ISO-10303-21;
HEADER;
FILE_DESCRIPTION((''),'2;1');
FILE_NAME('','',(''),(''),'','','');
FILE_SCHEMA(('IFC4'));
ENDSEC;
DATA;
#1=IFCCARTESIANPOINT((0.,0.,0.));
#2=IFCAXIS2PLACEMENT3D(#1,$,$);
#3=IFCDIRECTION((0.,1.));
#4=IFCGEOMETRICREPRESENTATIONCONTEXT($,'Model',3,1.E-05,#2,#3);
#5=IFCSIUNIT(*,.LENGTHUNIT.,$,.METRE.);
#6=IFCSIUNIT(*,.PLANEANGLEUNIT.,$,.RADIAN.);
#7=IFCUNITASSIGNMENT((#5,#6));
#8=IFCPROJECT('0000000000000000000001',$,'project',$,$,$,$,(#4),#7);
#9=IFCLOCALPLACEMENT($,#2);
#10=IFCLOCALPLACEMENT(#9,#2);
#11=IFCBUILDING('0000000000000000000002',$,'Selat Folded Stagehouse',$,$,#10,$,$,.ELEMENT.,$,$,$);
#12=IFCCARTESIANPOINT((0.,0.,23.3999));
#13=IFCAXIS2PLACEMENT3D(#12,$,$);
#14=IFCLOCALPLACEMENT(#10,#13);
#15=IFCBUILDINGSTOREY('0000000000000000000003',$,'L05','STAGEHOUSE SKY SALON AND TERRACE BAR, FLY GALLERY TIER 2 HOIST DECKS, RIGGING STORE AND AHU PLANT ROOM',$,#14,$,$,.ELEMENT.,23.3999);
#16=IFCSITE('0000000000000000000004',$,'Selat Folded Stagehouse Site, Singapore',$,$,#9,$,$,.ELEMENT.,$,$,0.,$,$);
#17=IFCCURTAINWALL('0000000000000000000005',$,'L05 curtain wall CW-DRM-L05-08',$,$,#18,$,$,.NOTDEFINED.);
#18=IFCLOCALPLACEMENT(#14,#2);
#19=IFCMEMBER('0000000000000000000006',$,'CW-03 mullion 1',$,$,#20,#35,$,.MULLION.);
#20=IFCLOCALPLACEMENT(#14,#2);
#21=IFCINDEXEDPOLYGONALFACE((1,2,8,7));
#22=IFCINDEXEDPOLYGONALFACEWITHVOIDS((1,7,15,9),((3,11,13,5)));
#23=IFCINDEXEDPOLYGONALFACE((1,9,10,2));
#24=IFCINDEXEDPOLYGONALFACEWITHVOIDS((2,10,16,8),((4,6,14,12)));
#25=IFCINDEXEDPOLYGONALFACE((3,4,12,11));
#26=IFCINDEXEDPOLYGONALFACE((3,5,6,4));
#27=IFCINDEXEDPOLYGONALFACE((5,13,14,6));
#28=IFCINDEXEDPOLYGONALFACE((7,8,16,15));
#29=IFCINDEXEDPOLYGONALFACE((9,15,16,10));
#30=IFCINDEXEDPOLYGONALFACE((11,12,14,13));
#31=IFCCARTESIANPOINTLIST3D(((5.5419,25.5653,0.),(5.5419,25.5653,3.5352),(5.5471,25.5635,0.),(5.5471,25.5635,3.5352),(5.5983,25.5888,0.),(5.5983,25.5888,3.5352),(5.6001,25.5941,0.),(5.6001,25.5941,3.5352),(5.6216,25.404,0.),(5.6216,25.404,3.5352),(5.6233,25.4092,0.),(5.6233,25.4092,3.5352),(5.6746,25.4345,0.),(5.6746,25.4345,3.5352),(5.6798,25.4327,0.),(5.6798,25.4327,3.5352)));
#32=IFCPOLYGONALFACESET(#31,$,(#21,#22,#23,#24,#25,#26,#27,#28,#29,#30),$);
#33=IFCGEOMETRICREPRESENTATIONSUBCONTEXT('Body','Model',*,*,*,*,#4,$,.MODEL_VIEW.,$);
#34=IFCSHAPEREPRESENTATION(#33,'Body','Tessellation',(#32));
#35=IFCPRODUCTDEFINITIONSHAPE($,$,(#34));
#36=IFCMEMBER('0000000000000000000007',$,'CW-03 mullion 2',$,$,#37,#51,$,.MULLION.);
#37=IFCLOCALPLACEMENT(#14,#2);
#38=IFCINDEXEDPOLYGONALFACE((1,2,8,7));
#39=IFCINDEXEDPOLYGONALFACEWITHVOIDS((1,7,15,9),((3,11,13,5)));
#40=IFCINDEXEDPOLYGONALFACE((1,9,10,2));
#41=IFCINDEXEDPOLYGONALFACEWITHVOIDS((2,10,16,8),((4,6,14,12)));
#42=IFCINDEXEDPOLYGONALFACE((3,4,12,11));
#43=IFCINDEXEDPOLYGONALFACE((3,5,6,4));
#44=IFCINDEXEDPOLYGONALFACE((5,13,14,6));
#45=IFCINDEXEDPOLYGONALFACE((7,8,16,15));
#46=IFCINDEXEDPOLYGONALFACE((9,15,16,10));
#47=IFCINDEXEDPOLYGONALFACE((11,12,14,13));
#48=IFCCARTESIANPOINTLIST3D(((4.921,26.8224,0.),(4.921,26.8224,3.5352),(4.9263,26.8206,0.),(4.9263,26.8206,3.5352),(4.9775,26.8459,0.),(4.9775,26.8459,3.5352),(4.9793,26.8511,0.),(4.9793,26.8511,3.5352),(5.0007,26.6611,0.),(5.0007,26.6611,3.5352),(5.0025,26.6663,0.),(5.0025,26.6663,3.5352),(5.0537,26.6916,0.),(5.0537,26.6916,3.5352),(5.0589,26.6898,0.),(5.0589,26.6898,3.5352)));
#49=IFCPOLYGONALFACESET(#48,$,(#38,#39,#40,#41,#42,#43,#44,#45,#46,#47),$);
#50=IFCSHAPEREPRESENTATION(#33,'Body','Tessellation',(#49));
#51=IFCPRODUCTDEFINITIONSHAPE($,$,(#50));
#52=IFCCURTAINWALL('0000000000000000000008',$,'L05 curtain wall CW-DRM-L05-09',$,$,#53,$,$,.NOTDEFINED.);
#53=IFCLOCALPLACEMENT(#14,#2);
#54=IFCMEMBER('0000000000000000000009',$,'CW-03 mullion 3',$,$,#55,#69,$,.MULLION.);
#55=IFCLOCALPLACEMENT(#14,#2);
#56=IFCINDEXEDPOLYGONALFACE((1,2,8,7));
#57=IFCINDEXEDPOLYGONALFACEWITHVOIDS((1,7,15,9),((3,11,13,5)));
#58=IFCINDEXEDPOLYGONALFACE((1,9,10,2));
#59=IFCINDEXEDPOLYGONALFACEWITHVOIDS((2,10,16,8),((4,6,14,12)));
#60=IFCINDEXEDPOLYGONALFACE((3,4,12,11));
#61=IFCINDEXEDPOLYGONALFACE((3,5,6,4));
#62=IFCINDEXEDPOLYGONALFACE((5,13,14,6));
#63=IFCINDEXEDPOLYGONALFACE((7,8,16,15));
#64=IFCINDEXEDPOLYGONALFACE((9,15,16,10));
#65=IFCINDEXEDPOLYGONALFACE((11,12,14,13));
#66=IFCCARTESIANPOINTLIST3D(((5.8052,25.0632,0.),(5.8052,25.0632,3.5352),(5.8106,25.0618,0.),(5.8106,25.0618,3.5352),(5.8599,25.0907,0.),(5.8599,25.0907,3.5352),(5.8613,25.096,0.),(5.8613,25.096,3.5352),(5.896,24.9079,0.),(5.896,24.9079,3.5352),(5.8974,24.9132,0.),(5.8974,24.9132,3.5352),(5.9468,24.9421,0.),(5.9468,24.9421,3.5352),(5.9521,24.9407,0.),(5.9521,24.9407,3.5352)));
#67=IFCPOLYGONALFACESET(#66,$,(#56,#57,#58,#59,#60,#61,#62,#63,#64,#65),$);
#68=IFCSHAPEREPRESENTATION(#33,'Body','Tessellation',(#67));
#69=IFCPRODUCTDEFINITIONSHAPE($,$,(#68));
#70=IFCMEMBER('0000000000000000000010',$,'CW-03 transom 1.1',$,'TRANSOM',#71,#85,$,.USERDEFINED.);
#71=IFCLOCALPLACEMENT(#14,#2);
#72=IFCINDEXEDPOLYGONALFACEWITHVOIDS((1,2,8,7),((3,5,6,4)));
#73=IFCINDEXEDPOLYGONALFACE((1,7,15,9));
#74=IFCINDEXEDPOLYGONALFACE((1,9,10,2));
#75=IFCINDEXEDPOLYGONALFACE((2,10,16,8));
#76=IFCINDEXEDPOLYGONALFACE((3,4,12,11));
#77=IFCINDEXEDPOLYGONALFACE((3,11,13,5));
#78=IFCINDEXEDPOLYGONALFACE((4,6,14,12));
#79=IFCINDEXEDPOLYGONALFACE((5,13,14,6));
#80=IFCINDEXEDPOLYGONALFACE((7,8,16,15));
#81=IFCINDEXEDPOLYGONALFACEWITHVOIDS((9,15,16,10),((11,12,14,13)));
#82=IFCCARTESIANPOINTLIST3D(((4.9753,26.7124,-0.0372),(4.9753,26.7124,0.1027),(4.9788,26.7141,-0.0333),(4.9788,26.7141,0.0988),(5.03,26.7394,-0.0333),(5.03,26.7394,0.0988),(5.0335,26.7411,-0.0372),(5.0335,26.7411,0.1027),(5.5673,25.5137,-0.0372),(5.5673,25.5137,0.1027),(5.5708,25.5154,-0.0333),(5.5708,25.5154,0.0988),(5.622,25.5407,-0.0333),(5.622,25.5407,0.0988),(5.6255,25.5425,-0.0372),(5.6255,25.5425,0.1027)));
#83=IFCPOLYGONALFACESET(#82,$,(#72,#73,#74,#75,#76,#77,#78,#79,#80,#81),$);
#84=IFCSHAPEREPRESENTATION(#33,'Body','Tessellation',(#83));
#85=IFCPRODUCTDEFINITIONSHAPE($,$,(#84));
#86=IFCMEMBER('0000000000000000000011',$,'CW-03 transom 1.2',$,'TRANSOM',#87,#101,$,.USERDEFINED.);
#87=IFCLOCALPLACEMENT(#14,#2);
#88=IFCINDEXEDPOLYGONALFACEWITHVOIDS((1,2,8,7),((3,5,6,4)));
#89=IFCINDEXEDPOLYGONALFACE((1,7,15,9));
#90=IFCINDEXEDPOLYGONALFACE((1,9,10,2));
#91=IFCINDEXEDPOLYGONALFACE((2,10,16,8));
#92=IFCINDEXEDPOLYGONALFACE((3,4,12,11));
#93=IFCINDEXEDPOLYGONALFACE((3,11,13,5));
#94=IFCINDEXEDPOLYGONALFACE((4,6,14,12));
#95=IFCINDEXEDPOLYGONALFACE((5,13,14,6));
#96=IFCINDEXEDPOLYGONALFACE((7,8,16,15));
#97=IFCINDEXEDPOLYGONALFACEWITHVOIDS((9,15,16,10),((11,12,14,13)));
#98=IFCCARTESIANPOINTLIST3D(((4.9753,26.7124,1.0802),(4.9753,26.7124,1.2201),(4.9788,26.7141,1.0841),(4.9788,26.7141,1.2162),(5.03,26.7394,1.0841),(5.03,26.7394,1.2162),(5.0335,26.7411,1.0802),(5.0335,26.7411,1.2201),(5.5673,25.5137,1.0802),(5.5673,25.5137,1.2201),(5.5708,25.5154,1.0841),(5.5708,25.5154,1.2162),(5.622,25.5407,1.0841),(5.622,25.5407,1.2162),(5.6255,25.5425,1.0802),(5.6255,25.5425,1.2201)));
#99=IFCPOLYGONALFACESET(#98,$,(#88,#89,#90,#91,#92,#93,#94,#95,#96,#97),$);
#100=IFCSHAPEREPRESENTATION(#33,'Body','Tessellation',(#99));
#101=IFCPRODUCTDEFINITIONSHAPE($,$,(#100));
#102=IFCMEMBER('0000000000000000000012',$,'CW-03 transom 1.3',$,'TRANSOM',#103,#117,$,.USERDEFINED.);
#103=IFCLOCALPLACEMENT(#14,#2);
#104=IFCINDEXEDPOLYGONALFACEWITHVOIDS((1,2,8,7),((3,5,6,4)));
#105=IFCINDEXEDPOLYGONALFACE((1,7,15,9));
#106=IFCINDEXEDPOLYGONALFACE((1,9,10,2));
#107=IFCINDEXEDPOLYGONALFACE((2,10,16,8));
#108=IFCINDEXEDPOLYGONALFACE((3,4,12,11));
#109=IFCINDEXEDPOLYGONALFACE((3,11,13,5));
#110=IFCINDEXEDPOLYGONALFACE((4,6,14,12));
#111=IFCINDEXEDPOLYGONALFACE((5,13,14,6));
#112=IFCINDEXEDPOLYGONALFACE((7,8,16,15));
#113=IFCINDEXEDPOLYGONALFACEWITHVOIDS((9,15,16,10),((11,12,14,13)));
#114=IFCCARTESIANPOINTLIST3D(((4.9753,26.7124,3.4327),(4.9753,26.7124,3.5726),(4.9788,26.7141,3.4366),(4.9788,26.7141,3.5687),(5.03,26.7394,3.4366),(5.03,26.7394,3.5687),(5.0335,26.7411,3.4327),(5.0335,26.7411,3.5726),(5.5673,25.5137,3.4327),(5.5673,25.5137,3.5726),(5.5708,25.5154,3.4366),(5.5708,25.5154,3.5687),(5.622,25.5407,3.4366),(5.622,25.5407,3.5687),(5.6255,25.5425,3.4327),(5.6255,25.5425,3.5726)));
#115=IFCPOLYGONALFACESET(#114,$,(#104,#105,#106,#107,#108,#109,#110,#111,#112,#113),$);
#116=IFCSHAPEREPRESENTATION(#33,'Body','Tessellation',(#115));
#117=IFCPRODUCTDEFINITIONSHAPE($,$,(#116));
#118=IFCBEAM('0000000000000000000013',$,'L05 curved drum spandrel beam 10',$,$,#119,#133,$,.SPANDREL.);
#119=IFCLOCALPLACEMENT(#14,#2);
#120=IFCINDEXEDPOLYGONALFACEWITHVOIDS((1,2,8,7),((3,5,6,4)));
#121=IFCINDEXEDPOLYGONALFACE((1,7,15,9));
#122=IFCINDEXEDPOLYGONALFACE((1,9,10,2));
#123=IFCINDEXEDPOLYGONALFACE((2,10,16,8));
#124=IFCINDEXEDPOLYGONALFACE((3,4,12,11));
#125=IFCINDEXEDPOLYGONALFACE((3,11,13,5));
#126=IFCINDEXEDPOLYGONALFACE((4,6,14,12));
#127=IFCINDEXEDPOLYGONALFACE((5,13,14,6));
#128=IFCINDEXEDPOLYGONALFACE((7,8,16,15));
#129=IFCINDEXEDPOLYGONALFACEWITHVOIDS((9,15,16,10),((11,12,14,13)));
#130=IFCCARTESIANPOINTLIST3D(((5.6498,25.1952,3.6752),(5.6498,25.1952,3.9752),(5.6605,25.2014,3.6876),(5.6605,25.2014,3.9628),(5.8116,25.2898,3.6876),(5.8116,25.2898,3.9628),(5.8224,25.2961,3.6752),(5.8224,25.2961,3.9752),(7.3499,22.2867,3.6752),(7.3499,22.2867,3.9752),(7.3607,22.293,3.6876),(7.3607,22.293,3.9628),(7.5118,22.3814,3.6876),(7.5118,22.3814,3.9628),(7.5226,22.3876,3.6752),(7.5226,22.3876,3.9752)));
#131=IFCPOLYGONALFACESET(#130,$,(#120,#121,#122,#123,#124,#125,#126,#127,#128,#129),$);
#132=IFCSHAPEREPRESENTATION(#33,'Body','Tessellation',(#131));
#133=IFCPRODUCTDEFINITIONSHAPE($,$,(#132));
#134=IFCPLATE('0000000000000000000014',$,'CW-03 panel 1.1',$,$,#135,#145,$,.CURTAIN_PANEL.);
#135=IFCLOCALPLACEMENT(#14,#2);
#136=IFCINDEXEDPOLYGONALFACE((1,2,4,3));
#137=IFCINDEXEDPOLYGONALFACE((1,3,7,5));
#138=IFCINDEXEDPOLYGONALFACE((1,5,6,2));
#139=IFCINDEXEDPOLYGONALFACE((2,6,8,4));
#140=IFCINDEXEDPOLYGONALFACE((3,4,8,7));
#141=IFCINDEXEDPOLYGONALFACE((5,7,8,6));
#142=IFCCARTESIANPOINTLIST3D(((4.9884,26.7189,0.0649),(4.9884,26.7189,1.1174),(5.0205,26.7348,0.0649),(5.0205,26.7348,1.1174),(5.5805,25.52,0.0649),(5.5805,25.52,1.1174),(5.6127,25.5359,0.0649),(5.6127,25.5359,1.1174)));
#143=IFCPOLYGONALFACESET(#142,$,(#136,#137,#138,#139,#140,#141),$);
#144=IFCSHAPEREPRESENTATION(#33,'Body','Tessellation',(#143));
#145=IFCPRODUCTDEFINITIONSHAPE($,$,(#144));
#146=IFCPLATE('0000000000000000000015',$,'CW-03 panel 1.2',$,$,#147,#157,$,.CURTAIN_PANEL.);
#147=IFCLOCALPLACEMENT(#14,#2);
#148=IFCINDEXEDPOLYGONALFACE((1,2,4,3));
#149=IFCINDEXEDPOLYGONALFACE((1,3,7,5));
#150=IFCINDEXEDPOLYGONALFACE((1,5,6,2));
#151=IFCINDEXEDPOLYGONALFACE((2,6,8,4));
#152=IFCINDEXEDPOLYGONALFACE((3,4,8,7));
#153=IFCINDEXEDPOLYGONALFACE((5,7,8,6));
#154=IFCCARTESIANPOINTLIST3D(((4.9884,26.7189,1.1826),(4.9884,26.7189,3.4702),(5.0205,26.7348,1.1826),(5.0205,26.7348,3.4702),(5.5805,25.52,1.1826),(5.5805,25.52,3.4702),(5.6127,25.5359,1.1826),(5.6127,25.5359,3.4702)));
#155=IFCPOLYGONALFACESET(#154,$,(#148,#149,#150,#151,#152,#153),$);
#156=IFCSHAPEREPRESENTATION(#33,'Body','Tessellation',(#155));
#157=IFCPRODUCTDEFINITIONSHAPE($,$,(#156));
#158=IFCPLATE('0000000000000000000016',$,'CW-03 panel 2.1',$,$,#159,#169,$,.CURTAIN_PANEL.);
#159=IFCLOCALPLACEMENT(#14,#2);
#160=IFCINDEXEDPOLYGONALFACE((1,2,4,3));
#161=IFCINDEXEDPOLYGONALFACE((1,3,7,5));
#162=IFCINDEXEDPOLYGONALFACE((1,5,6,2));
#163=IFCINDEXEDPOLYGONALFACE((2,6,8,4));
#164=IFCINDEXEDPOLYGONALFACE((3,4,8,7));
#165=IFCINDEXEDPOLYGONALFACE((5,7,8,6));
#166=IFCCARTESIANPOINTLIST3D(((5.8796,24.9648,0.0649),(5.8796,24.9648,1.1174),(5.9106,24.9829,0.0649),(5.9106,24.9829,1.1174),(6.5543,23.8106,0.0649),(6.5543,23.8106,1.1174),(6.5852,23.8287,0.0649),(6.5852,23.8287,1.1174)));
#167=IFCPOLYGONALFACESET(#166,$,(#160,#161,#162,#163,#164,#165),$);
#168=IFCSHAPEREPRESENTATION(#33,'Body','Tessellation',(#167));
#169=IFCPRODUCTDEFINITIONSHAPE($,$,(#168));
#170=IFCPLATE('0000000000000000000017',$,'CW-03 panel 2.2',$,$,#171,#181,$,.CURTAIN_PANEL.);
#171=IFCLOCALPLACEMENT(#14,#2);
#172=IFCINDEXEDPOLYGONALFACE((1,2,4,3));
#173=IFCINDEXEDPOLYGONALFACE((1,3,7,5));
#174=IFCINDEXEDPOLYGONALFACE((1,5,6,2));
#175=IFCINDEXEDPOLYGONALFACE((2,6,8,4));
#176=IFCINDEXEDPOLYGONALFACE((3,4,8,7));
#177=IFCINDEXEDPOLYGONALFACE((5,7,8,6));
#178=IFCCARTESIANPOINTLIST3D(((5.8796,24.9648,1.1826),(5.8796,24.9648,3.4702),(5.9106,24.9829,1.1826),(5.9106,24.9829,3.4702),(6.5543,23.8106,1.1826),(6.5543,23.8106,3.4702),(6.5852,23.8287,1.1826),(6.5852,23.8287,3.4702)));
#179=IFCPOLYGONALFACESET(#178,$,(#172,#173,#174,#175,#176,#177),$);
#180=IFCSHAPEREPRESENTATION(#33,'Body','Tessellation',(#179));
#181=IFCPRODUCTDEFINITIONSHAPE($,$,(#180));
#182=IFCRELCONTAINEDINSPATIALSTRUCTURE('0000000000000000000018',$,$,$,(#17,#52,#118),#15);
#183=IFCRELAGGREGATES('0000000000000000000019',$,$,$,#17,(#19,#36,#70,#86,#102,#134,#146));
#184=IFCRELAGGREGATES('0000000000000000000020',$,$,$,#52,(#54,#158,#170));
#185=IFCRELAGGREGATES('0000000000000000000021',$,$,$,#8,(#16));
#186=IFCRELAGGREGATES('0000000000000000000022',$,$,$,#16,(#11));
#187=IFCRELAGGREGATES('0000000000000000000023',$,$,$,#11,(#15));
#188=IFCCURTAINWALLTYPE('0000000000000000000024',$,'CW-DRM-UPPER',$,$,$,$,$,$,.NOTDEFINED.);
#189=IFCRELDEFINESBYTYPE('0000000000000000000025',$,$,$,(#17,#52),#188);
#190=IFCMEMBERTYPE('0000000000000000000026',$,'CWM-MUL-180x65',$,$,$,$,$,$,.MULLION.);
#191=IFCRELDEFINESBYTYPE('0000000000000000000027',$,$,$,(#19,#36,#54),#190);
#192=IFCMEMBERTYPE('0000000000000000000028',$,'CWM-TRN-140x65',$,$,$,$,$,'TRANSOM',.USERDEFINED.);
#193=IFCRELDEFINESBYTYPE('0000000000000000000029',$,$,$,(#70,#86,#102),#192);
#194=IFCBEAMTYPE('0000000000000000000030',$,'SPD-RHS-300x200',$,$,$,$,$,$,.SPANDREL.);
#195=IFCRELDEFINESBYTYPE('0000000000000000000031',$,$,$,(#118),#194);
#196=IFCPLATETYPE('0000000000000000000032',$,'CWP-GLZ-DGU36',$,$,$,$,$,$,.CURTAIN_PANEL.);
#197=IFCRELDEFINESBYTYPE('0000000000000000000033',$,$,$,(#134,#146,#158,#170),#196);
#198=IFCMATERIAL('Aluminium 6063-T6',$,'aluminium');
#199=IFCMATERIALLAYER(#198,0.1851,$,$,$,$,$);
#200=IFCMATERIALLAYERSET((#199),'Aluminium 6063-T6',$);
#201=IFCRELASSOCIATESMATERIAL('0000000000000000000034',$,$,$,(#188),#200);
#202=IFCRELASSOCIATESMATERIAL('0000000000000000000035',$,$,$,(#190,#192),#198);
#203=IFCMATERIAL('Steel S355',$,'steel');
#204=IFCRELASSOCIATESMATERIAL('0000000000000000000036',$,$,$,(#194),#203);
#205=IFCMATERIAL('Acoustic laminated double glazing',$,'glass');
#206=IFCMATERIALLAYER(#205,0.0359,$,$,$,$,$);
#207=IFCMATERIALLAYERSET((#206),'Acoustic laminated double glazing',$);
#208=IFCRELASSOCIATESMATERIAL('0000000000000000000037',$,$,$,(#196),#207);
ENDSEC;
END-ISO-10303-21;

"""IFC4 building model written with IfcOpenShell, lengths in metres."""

from ifc_helpers import new_model, si_unit, direction, frame, origin, origin_2d, place, context, subcontext, project, spatial, rectangle, hollow_rectangle, extrude, material, layer, layer_set, material_profile, profile_set, type_object, element, aggregate, save


model = new_model("IFC4")

# Units and contexts
model_context = context("Model", 3, precision=1e-05, world=origin(), true_north=direction((0.0, 1.0)))
body_context = subcontext(model_context, "Body", "Model", "MODEL_VIEW")
ifc_project = project(units=[si_unit("LENGTHUNIT", "METRE"), si_unit("PLANEANGLEUNIT", "RADIAN")], contexts=[model_context])

# Site, building, storey
site_placement = place(None, origin())
site = spatial("IfcSite", under=ifc_project, at=site_placement, Name="Selat Folded Stagehouse Site, Singapore", CompositionType="ELEMENT", RefElevation=0.0)
building_placement = place(site_placement, origin())
building = spatial("IfcBuilding", under=site, at=building_placement, Name="Selat Folded Stagehouse", CompositionType="ELEMENT")
storey_placement = place(building_placement, frame((0.0, 0.0, 23.3999)))
storey = spatial("IfcBuildingStorey", under=building, at=storey_placement, Name="L05", Description="STAGEHOUSE SKY SALON AND TERRACE BAR, FLY GALLERY TIER 2 HOIST DECKS, RIGGING STORE AND AHU PLANT ROOM", CompositionType="ELEMENT", Elevation=23.3999)

# Curtain wall, members
ifc_material_1 = material(Name="Aluminium 6063-T6", Category="aluminium")
ifc_layer_1 = layer(ifc_material_1, 0.1851)
ifc_layer_set_1 = layer_set([ifc_layer_1], Name="Aluminium 6063-T6")
curtain_wall_type = type_object("IfcCurtainWallType", Name="CW-DRM-UPPER", PredefinedType="NOTDEFINED", material=ifc_layer_set_1)
curtain_wall_1_placement = place(storey_placement, origin())
curtain_wall_1 = element("IfcCurtainWall", 1, at=curtain_wall_1_placement, inside=storey, type_object=curtain_wall_type, Name="L05 curtain wall CW-DRM-L05-08", PredefinedType="NOTDEFINED")
ifc_material_profile_1 = material_profile(ifc_material_1, hollow_rectangle(XDim=0.0649, YDim=0.1799, WallThickness=0.0039, at=origin_2d()), Name="ALU 180x65x4.0")
ifc_profile_set_1 = profile_set([ifc_material_profile_1], Name="Aluminium 6063-T6")
member_type_1 = type_object("IfcMemberType", Name="CWM-MUL-180x65", PredefinedType="MULLION", material=ifc_profile_set_1)
member_1_placement = place(storey_placement, frame((5.6108, 25.499, 0.0), z_axis=(0.0, 0.0, 1.0), x_axis=(-0.896598, -0.442845, 0.0)))
member_1 = element("IfcMember", 2, at=member_1_placement, type_object=member_type_1, Name="CW-03 mullion 1", PredefinedType="MULLION", context=body_context, shape_type="SweptSolid", body=[
    extrude(hollow_rectangle(XDim=0.0649, YDim=0.1799, WallThickness=0.0039, at=origin_2d()), origin(), (0.0, 0.0, 1.0), 3.5352),
])
member_2_placement = place(storey_placement, frame((4.99, 26.7561, 0.0), z_axis=(0.0, 0.0, 1.0), x_axis=(-0.896598, -0.442845, 0.0)))
member_2 = element("IfcMember", 3, at=member_2_placement, type_object=member_type_1, Name="CW-03 mullion 2", PredefinedType="MULLION", context=body_context, shape_type="SweptSolid", body=[
    extrude(hollow_rectangle(XDim=0.0649, YDim=0.1799, WallThickness=0.0039, at=origin_2d()), origin(), (0.0, 0.0, 1.0), 3.5352),
])

# Curtain wall, member
curtain_wall_2_placement = place(storey_placement, origin())
curtain_wall_2 = element("IfcCurtainWall", 4, at=curtain_wall_2_placement, inside=storey, type_object=curtain_wall_type, Name="L05 curtain wall CW-DRM-L05-09", PredefinedType="NOTDEFINED")
member_3_placement = place(storey_placement, frame((5.8787, 25.002, 0.0), z_axis=(0.0, 0.0, 1.0), x_axis=(-0.863332, -0.504636, 0.0)))
member_3 = element("IfcMember", 5, at=member_3_placement, type_object=member_type_1, Name="CW-03 mullion 3", PredefinedType="MULLION", context=body_context, shape_type="SweptSolid", body=[
    extrude(hollow_rectangle(XDim=0.0649, YDim=0.1799, WallThickness=0.0039, at=origin_2d()), origin(), (0.0, 0.0, 1.0), 3.5352),
])

# Members
ifc_material_profile_2 = material_profile(ifc_material_1, hollow_rectangle(XDim=0.0649, YDim=0.1399, WallThickness=0.0039, at=origin_2d()), Name="ALU 140x65x4.0")
ifc_profile_set_2 = profile_set([ifc_material_profile_2], Name="Aluminium 6063-T6")
member_type_2 = type_object("IfcMemberType", Name="CWM-TRN-140x65", ElementType="TRANSOM", PredefinedType="USERDEFINED", material=ifc_profile_set_2)
member_4_placement = place(storey_placement, frame((5.5964, 25.5281, 0.0327), z_axis=(-0.442826, 0.896608, 0.0), x_axis=(-0.896608, -0.442826, 0.0)))
member_4 = element("IfcMember", 6, at=member_4_placement, type_object=member_type_2, Name="CW-03 transom 1.1", ObjectType="TRANSOM", PredefinedType="USERDEFINED", context=body_context, shape_type="SweptSolid", body=[
    extrude(hollow_rectangle(XDim=0.0649, YDim=0.1399, WallThickness=0.0039, at=origin_2d()), origin(), (0.0, 0.0, 1.0), 1.3369),
])
member_5_placement = place(storey_placement, frame((5.5964, 25.5281, 1.1501), z_axis=(-0.442826, 0.896608, 0.0), x_axis=(-0.896608, -0.442826, 0.0)))
member_5 = element("IfcMember", 7, at=member_5_placement, type_object=member_type_2, Name="CW-03 transom 1.2", ObjectType="TRANSOM", PredefinedType="USERDEFINED", context=body_context, shape_type="SweptSolid", body=[
    extrude(hollow_rectangle(XDim=0.0649, YDim=0.1399, WallThickness=0.0039, at=origin_2d()), origin(), (0.0, 0.0, 1.0), 1.3369),
])
member_6_placement = place(storey_placement, frame((5.5964, 25.5281, 3.5027), z_axis=(-0.442826, 0.896608, 0.0), x_axis=(-0.896608, -0.442826, 0.0)))
member_6 = element("IfcMember", 8, at=member_6_placement, type_object=member_type_2, Name="CW-03 transom 1.3", ObjectType="TRANSOM", PredefinedType="USERDEFINED", context=body_context, shape_type="SweptSolid", body=[
    extrude(hollow_rectangle(XDim=0.0649, YDim=0.1399, WallThickness=0.0039, at=origin_2d()), origin(), (0.0, 0.0, 1.0), 1.3369),
])

# Beam
ifc_material_2 = material(Name="Steel S355", Category="steel")
ifc_material_profile_3 = material_profile(ifc_material_2, hollow_rectangle(XDim=0.2, YDim=0.3, WallThickness=0.0125, at=origin_2d()), Name="RHS 300x200x12.5")
ifc_profile_set_3 = profile_set([ifc_material_profile_3], Name="Steel S355")
beam_type = type_object("IfcBeamType", Name="SPD-RHS-300x200", PredefinedType="SPANDREL", material=ifc_profile_set_3)
beam_placement = place(storey_placement, frame((5.7361, 25.2456, 3.8252), z_axis=(0.504668, -0.863313, 0.0), x_axis=(0.863313, 0.504668, 0.0)))
element("IfcBeam", 9, at=beam_placement, inside=storey, type_object=beam_type, Name="L05 curved drum spandrel beam 10", PredefinedType="SPANDREL", context=body_context, shape_type="SweptSolid", body=[
    extrude(hollow_rectangle(XDim=0.2, YDim=0.3, WallThickness=0.0125, at=origin_2d()), origin(), (0.0, 0.0, 1.0), 3.3689),
])

# Plates
ifc_material_3 = material(Name="Acoustic laminated double glazing", Category="glass")
ifc_layer_2 = layer(ifc_material_3, 0.0359)
ifc_layer_set_2 = layer_set([ifc_layer_2], Name="Acoustic laminated double glazing")
plate_type = type_object("IfcPlateType", Name="CWP-GLZ-DGU36", PredefinedType="CURTAIN_PANEL", material=ifc_layer_set_2)
plate_1_placement = place(storey_placement, frame((5.3005, 26.1274, 0.0649), z_axis=(0.0, 0.0, 1.0), x_axis=(-0.442845, 0.896598, 0.0)))
plate_1 = element("IfcPlate", 10, at=plate_1_placement, type_object=plate_type, Name="CW-03 panel 1.1", PredefinedType="CURTAIN_PANEL", context=body_context, shape_type="SweptSolid", body=[
    extrude(rectangle(XDim=1.3372, YDim=0.0359, at=origin_2d()), origin(), (0.0, 0.0, 1.0), 1.0525),
])
plate_2_placement = place(storey_placement, frame((5.3005, 26.1274, 1.1826), z_axis=(0.0, 0.0, 1.0), x_axis=(-0.442845, 0.896598, 0.0)))
plate_2 = element("IfcPlate", 11, at=plate_2_placement, type_object=plate_type, Name="CW-03 panel 1.2", PredefinedType="CURTAIN_PANEL", context=body_context, shape_type="SweptSolid", body=[
    extrude(rectangle(XDim=1.3372, YDim=0.0359, at=origin_2d()), origin(), (0.0, 0.0, 1.0), 2.2876),
])
aggregate(curtain_wall_1, [member_1, member_2, member_4, member_5, member_6, plate_1, plate_2])
plate_3_placement = place(storey_placement, frame((6.2324, 24.3967, 0.0649), z_axis=(0.0, 0.0, 1.0), x_axis=(-0.504636, 0.863332, 0.0)))
plate_3 = element("IfcPlate", 12, at=plate_3_placement, type_object=plate_type, Name="CW-03 panel 2.1", PredefinedType="CURTAIN_PANEL", context=body_context, shape_type="SweptSolid", body=[
    extrude(rectangle(XDim=1.3369, YDim=0.0359, at=origin_2d()), origin(), (0.0, 0.0, 1.0), 1.0525),
])
plate_4_placement = place(storey_placement, frame((6.2324, 24.3967, 1.1826), z_axis=(0.0, 0.0, 1.0), x_axis=(-0.504636, 0.863332, 0.0)))
plate_4 = element("IfcPlate", 13, at=plate_4_placement, type_object=plate_type, Name="CW-03 panel 2.2", PredefinedType="CURTAIN_PANEL", context=body_context, shape_type="SweptSolid", body=[
    extrude(rectangle(XDim=1.3369, YDim=0.0359, at=origin_2d()), origin(), (0.0, 0.0, 1.0), 2.2876),
])
aggregate(curtain_wall_2, [member_3, plate_3, plate_4])

save(model, "model.ifc")
